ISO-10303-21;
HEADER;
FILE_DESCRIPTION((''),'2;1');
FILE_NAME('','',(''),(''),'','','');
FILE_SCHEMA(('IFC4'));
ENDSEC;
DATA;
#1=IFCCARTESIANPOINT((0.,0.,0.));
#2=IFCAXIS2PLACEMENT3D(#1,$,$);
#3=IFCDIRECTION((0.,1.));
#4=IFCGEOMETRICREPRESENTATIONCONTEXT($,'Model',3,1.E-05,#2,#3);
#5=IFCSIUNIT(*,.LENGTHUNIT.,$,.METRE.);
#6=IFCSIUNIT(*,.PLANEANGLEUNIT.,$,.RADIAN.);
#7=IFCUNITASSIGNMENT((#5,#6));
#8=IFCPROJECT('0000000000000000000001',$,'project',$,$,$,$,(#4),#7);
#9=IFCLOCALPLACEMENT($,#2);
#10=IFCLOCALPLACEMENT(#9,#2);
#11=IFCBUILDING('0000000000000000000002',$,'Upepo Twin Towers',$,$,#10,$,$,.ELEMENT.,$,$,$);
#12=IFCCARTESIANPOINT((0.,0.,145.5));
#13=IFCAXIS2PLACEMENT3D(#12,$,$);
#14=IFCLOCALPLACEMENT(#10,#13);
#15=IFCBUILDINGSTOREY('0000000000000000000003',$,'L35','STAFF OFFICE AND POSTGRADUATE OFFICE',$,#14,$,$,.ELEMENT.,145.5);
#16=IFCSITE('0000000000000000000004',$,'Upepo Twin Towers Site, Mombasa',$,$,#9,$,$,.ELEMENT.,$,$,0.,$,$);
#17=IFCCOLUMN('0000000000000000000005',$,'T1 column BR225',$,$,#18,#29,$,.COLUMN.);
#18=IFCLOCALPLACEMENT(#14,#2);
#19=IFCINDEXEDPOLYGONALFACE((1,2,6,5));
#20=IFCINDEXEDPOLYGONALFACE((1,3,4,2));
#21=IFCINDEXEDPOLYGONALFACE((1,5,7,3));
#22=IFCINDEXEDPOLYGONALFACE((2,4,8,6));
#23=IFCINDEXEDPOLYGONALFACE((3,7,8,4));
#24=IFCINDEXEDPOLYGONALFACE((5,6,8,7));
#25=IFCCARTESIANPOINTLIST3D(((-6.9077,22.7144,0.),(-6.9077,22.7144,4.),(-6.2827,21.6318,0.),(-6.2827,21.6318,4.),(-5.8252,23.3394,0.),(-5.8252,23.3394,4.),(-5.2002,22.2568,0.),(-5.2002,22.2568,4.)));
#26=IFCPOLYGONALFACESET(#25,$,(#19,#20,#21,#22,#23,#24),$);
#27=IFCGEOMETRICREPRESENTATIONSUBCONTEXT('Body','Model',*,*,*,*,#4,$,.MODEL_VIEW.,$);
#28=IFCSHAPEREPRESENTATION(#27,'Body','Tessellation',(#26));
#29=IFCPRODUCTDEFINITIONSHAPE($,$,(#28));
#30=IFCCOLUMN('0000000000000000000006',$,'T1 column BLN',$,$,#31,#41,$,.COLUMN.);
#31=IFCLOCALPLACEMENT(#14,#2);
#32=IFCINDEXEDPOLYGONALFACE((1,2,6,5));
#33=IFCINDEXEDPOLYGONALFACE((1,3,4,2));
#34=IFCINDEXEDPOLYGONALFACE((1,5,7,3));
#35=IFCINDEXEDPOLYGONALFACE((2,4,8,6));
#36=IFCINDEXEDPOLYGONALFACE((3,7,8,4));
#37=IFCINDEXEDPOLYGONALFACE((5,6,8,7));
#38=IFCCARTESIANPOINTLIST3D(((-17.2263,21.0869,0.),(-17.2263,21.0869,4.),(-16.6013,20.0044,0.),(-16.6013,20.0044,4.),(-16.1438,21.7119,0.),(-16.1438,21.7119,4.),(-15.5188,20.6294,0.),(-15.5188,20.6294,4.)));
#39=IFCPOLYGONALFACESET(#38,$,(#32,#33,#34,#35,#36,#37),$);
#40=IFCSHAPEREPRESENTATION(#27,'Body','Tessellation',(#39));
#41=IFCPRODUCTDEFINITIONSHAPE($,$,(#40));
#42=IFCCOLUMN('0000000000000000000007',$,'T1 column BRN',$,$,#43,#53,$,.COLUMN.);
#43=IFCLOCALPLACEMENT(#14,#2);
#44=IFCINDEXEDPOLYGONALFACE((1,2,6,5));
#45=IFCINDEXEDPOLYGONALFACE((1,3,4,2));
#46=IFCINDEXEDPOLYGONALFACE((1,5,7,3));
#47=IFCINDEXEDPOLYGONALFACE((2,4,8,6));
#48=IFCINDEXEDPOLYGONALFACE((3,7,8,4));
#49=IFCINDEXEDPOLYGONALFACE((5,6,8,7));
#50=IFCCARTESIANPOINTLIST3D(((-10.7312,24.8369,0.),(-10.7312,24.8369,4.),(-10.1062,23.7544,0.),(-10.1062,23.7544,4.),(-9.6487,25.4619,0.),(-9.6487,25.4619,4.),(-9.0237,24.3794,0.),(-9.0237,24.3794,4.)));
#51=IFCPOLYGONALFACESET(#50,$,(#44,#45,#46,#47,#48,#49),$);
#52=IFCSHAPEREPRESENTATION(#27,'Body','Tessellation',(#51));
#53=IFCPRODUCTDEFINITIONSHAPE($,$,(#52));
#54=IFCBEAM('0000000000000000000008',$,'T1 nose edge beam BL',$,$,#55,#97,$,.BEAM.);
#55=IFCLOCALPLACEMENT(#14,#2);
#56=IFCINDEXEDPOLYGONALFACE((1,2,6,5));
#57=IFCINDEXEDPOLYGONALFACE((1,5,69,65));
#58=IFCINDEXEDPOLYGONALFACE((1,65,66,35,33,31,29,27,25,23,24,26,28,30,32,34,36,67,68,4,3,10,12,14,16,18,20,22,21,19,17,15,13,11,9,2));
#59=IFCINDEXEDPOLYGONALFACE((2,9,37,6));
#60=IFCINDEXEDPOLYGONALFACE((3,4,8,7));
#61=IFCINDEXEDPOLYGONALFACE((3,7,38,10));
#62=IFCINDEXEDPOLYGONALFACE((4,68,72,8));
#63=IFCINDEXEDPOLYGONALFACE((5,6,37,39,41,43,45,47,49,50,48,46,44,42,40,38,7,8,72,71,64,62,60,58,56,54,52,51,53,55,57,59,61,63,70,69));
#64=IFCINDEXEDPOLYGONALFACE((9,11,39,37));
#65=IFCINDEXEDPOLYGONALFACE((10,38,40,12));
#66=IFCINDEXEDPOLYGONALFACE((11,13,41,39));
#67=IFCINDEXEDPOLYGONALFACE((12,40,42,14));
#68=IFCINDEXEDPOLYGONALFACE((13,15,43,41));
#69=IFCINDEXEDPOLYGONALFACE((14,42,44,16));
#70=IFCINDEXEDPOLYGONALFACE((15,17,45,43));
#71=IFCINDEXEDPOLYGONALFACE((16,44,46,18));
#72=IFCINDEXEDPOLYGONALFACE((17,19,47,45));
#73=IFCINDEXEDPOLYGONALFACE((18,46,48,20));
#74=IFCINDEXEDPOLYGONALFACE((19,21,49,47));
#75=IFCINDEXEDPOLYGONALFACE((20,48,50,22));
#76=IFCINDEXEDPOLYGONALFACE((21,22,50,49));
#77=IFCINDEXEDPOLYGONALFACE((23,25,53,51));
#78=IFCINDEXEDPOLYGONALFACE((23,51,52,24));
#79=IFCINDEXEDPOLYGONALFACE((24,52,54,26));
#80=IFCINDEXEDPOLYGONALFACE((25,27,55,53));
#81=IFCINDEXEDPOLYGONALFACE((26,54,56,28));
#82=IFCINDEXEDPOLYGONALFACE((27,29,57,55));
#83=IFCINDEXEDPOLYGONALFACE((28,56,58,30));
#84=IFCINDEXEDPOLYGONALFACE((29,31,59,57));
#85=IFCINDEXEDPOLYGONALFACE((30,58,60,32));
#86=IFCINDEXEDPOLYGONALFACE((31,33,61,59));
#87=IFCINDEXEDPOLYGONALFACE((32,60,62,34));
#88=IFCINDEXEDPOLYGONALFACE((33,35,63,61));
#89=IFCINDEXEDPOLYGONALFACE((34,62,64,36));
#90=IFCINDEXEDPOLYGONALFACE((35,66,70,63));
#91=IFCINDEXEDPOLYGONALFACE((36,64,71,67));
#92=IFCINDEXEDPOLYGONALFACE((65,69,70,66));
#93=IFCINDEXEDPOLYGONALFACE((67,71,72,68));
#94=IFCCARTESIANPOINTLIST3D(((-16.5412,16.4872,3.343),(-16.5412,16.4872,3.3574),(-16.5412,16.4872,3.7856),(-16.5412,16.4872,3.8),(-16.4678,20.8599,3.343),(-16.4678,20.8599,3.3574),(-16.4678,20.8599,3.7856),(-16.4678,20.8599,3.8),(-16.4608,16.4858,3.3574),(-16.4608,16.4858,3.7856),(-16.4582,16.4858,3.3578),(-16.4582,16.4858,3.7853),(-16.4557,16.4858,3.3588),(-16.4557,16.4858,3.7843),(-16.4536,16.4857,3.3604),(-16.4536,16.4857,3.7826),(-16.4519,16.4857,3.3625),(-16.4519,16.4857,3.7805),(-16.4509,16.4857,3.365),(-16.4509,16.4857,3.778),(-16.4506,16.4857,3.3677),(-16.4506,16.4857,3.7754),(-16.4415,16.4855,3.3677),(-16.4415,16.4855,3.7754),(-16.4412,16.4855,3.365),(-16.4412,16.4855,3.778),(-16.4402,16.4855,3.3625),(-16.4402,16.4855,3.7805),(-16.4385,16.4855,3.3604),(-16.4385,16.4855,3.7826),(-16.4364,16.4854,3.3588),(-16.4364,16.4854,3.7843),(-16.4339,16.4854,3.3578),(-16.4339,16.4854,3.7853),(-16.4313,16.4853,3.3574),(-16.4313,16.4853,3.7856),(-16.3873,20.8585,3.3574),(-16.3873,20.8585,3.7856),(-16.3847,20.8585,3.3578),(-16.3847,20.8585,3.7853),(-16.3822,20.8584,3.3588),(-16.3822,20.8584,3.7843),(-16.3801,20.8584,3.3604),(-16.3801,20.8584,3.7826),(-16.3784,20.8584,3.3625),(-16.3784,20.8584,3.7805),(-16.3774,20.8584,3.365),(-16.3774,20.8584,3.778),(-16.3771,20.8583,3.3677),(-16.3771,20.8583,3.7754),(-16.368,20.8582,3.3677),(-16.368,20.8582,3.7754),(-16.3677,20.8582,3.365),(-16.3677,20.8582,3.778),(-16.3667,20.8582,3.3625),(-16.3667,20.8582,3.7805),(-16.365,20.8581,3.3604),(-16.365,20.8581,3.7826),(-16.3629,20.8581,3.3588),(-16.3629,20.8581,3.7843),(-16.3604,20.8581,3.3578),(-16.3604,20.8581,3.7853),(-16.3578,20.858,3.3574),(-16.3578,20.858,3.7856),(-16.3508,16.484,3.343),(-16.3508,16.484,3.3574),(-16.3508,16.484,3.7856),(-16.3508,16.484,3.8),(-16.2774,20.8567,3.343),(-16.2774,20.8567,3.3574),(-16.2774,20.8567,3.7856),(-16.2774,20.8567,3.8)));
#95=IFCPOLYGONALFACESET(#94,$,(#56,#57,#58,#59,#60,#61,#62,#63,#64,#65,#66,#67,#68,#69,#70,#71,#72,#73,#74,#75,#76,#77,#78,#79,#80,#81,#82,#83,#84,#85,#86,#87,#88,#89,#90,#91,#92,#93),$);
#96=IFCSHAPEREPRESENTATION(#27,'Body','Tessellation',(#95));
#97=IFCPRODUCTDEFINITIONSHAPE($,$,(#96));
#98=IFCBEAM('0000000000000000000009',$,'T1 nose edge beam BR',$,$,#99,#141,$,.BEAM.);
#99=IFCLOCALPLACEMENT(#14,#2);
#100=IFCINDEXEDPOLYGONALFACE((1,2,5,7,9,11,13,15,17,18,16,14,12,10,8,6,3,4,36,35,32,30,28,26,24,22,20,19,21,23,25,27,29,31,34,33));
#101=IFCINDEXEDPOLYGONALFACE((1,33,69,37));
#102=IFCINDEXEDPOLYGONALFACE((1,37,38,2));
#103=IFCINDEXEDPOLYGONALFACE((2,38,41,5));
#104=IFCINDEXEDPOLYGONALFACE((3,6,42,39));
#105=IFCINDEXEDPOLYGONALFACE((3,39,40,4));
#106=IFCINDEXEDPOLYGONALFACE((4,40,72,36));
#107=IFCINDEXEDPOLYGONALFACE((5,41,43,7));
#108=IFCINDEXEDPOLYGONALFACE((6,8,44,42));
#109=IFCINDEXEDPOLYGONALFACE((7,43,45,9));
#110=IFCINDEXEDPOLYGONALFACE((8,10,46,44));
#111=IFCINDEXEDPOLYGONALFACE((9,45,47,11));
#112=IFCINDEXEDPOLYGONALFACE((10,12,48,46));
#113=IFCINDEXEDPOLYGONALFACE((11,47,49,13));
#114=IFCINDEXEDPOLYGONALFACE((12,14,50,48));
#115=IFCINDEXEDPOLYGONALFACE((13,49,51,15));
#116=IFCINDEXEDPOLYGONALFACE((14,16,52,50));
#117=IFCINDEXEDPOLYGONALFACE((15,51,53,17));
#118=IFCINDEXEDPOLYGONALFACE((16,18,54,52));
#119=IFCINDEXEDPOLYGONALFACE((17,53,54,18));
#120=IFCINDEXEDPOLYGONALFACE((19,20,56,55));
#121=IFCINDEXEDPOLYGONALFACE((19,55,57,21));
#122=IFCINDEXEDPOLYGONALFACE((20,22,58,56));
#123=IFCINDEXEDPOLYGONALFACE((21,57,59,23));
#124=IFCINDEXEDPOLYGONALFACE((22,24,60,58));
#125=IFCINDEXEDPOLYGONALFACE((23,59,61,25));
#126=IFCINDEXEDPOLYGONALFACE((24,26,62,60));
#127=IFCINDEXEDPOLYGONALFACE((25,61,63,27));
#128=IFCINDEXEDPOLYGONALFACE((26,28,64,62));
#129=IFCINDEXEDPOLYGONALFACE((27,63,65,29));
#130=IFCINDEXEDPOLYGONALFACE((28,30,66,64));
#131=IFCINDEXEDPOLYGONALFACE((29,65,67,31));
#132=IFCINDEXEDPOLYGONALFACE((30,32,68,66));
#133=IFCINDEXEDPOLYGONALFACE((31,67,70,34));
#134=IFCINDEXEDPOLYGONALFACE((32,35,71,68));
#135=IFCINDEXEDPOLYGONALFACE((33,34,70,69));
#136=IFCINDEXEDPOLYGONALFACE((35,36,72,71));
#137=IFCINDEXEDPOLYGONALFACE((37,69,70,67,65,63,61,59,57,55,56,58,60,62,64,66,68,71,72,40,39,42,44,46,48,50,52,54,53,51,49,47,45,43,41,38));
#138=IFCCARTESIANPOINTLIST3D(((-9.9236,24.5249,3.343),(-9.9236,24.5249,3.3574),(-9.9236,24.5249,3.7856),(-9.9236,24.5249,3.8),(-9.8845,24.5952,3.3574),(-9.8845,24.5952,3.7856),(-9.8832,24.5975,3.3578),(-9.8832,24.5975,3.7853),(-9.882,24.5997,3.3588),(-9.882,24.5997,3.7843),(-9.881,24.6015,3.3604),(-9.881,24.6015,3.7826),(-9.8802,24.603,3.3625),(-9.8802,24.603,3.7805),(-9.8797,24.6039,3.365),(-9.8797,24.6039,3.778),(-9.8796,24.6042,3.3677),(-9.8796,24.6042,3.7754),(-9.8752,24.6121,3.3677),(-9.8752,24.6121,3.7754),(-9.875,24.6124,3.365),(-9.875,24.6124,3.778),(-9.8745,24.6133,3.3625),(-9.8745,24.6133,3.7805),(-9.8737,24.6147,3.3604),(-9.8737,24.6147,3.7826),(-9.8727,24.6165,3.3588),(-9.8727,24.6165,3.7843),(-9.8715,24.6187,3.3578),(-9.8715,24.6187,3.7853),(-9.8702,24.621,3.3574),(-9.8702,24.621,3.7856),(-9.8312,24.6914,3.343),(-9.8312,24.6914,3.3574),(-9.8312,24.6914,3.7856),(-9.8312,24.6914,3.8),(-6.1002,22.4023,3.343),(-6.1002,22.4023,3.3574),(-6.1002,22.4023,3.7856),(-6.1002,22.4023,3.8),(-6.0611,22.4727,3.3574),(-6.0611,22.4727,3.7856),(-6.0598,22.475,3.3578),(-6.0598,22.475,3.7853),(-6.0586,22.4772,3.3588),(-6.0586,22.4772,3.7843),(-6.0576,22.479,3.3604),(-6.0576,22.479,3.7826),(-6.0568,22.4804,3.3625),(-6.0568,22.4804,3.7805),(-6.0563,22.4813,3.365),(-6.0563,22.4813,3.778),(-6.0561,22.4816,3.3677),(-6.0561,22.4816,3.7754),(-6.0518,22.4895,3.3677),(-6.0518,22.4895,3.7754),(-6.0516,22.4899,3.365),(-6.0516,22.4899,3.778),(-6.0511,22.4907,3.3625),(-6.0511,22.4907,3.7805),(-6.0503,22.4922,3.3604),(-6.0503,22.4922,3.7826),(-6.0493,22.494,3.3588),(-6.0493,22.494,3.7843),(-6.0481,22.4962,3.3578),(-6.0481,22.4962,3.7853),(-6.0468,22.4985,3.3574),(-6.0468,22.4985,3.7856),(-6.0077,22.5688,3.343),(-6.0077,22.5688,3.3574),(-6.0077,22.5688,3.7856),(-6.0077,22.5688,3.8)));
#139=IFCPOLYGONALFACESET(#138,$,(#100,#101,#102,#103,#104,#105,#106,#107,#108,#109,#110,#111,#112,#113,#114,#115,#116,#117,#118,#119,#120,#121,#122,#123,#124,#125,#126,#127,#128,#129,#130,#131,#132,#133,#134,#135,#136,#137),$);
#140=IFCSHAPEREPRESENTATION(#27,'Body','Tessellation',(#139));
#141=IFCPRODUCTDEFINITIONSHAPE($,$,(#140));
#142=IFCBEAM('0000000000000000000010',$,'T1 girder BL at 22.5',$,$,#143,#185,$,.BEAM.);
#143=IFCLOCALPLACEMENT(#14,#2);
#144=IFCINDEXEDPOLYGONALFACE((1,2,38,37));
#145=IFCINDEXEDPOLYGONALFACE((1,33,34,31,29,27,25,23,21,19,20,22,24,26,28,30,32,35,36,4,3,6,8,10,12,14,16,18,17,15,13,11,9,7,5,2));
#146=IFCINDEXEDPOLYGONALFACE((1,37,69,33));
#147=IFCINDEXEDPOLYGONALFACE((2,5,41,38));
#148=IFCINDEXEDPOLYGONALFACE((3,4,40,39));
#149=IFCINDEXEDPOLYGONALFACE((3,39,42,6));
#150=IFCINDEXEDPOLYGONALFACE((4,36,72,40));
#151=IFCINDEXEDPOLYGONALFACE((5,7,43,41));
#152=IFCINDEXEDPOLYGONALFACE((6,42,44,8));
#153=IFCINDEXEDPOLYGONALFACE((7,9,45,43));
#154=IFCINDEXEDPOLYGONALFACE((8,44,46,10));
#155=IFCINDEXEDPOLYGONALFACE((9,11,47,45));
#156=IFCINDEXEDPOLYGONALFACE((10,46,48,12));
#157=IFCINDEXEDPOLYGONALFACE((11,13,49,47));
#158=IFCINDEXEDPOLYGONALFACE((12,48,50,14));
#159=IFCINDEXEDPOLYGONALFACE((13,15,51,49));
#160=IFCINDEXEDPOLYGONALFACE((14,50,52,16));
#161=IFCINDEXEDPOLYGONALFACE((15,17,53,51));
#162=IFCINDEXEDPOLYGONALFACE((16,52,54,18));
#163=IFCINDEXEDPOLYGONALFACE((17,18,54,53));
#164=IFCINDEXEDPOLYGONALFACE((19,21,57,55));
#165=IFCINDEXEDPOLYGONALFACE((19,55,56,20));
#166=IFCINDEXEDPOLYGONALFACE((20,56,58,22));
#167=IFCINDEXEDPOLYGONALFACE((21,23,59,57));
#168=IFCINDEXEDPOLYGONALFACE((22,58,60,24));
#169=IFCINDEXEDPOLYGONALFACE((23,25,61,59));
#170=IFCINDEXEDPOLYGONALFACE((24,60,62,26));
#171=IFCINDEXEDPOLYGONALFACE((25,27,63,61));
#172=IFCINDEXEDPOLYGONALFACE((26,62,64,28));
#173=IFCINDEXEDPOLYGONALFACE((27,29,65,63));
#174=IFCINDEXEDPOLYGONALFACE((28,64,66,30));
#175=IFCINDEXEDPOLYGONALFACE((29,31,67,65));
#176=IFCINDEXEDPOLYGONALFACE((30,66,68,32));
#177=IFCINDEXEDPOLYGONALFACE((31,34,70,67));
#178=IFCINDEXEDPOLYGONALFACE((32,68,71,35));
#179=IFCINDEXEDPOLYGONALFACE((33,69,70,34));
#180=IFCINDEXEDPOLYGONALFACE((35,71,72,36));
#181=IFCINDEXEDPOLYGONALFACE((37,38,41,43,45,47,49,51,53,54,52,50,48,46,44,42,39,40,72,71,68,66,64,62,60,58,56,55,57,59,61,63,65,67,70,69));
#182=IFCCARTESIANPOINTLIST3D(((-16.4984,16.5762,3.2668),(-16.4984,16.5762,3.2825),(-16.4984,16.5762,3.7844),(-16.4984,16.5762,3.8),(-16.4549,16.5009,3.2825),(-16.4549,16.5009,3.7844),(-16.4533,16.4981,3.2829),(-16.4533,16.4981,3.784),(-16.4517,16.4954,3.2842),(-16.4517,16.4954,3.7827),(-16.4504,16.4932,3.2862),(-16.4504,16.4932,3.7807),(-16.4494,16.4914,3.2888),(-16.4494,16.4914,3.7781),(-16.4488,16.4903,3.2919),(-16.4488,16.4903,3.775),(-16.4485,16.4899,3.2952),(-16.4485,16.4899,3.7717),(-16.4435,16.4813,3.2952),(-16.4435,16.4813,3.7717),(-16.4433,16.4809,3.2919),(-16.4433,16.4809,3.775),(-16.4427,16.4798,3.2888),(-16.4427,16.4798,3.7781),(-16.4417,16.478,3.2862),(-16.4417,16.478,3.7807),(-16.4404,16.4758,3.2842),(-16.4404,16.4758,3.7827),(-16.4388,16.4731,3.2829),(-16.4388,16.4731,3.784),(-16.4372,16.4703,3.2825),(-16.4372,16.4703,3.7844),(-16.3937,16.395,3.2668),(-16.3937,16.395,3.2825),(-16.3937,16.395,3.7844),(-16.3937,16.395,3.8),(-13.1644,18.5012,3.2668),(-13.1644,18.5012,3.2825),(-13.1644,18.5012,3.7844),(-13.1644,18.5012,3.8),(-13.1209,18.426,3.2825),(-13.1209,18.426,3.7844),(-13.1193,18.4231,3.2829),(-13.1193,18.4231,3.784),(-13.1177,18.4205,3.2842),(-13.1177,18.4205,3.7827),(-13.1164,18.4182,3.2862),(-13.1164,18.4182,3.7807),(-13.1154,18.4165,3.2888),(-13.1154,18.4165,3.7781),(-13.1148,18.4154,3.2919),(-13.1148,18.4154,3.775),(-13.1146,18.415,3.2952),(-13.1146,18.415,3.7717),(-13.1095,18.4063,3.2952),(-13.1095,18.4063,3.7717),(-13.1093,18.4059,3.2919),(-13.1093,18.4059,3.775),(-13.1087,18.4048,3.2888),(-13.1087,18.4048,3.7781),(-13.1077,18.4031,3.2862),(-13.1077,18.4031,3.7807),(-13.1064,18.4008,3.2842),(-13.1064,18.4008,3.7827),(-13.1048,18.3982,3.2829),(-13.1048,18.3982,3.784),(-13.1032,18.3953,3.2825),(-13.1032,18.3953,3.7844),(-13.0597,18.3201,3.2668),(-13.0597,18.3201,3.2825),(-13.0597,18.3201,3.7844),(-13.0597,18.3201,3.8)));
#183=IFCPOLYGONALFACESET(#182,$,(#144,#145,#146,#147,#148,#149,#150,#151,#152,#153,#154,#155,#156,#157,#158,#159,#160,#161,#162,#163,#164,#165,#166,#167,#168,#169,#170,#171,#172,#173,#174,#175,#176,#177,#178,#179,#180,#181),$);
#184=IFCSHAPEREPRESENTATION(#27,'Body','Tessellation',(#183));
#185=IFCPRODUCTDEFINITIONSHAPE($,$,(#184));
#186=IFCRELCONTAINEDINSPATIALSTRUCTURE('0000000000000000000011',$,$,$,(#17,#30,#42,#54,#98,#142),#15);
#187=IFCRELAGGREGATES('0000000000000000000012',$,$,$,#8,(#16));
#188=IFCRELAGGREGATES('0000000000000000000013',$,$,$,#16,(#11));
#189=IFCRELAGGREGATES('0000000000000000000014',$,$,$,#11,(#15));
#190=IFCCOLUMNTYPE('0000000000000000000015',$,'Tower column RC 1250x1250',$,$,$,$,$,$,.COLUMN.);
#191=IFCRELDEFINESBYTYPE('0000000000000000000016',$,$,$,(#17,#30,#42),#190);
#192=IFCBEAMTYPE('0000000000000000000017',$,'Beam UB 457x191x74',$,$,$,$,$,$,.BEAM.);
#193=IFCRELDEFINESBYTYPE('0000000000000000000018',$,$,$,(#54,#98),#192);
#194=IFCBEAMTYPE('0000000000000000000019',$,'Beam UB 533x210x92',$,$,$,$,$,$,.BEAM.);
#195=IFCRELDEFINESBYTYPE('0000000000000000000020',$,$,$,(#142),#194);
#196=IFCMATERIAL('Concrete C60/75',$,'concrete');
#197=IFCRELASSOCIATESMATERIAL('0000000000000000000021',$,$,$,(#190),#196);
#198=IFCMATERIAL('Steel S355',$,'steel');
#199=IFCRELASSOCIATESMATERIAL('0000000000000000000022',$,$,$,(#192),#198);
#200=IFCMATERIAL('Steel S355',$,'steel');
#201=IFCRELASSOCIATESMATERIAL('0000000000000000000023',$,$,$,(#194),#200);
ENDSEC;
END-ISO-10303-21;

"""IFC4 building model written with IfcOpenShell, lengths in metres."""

from ifc_helpers import new_model, si_unit, direction, frame, origin, origin_2d, place, context, subcontext, project, spatial, rectangle, i_section, extrude, material, material_profile, profile_set, type_object, element, save


model = new_model("IFC4")

# Units and contexts
model_context = context("Model", 3, precision=1e-05, world=origin(), true_north=direction((0.0, 1.0)))
body_context = subcontext(model_context, "Body", "Model", "MODEL_VIEW")
ifc_project = project(units=[si_unit("LENGTHUNIT", "METRE"), si_unit("PLANEANGLEUNIT", "RADIAN")], contexts=[model_context])

# Site, building, storey
site_placement = place(None, origin())
site = spatial("IfcSite", under=ifc_project, at=site_placement, Name="Upepo Twin Towers Site, Mombasa", CompositionType="ELEMENT", RefElevation=0.0)
building_placement = place(site_placement, origin())
building = spatial("IfcBuilding", under=site, at=building_placement, Name="Upepo Twin Towers", CompositionType="ELEMENT")
storey_placement = place(building_placement, frame((0.0, 0.0, 145.5)))
storey = spatial("IfcBuildingStorey", under=building, at=storey_placement, Name="L35", Description="STAFF OFFICE AND POSTGRADUATE OFFICE", CompositionType="ELEMENT", Elevation=145.5)

# Columns
ifc_material_1 = material(Name="Concrete C60/75", Category="concrete")
ifc_material_profile_1 = material_profile(ifc_material_1, rectangle(XDim=1.25, YDim=1.25, at=origin_2d()), Name="RC 1250x1250")
ifc_profile_set_1 = profile_set([ifc_material_profile_1], Name="Concrete C60/75")
column_type = type_object("IfcColumnType", Name="Tower column RC 1250x1250", PredefinedType="COLUMN", material=ifc_profile_set_1)
for number, where, z_axis, x_axis, name in (
    (1, (-6.054, 22.4856, 0.0), (0.0, 0.0, 1.0), (0.866025, 0.5, 0.0), "T1 column BR225"),
    (2, (-16.3726, 20.8582, 0.0), (0.0, 0.0, 1.0), (0.866025, 0.5, 0.0), "T1 column BLN"),
    (3, (-9.8774, 24.6082, 0.0), (0.0, 0.0, 1.0), (0.866025, 0.5, 0.0), "T1 column BRN"),
):
    element("IfcColumn", number, at=place(storey_placement, frame(where, z_axis=z_axis, x_axis=x_axis)), inside=storey, type_object=column_type, Name=name, PredefinedType="COLUMN", context=body_context, shape_type="SweptSolid", body=[
        extrude(rectangle(XDim=1.25, YDim=1.25, at=origin_2d()), origin(), (0.0, 0.0, 1.0), 4.0),
    ])

# Beams
ifc_material_2 = material(Name="Steel S355", Category="steel")
ifc_material_profile_2 = material_profile(ifc_material_2, i_section(OverallWidth=0.1904, OverallDepth=0.457, WebThickness=0.009, FlangeThickness=0.0144, FilletRadius=0.0103, at=origin_2d()), Name="UB 457x191x74")
ifc_profile_set_2 = profile_set([ifc_material_profile_2], Name="Steel S355")
beam_type_1 = type_object("IfcBeamType", Name="Beam UB 457x191x74", PredefinedType="BEAM", material=ifc_profile_set_2)
beam_1_placement = place(storey_placement, frame((-16.446, 16.4856, 3.5715), z_axis=(0.016804, 0.999859, 0.0), x_axis=(-0.999859, 0.016804, 0.0)))
element("IfcBeam", 4, at=beam_1_placement, inside=storey, type_object=beam_type_1, Name="T1 nose edge beam BL", PredefinedType="BEAM", context=body_context, shape_type="SweptSolid", body=[
    extrude(i_section(OverallWidth=0.1904, OverallDepth=0.457, WebThickness=0.009, FlangeThickness=0.0144, FilletRadius=0.0103, at=origin_2d()), origin(), (0.0, 0.0, 1.0), 4.3733),
])
beam_2_placement = place(storey_placement, frame((-6.054, 22.4856, 3.5715), z_axis=(-0.874313, 0.485363, 0.0), x_axis=(-0.485363, -0.874313, 0.0)))
element("IfcBeam", 5, at=beam_2_placement, inside=storey, type_object=beam_type_1, Name="T1 nose edge beam BR", PredefinedType="BEAM", context=body_context, shape_type="SweptSolid", body=[
    extrude(i_section(OverallWidth=0.1904, OverallDepth=0.457, WebThickness=0.009, FlangeThickness=0.0144, FilletRadius=0.0103, at=origin_2d()), origin(), (0.0, 0.0, 1.0), 4.373),
])
ifc_material_3 = material(Name="Steel S355", Category="steel")
ifc_material_profile_3 = material_profile(ifc_material_3, i_section(OverallWidth=0.2092, OverallDepth=0.5332, WebThickness=0.01, FlangeThickness=0.0156, FilletRadius=0.0127, at=origin_2d()), Name="UB 533x210x92")
ifc_profile_set_3 = profile_set([ifc_material_profile_3], Name="Steel S355")
beam_type_2 = type_object("IfcBeamType", Name="Beam UB 533x210x92", PredefinedType="BEAM", material=ifc_profile_set_3)
for number, where, z_axis, x_axis, name in (
    (6, (-16.446, 16.4856, 3.5334), (0.866006, 0.500034, 0.0), (-0.500034, 0.866006, 0.0), "T1 girder BL at 22.5"),
):
    element("IfcBeam", number, at=place(storey_placement, frame(where, z_axis=z_axis, x_axis=x_axis)), inside=storey, type_object=beam_type_2, Name=name, PredefinedType="BEAM", context=body_context, shape_type="SweptSolid", body=[
        extrude(i_section(OverallWidth=0.2092, OverallDepth=0.5332, WebThickness=0.01, FlangeThickness=0.0156, FilletRadius=0.0127, at=origin_2d()), origin(), (0.0, 0.0, 1.0), 3.8499),
    ])

save(model, "model.ifc")
